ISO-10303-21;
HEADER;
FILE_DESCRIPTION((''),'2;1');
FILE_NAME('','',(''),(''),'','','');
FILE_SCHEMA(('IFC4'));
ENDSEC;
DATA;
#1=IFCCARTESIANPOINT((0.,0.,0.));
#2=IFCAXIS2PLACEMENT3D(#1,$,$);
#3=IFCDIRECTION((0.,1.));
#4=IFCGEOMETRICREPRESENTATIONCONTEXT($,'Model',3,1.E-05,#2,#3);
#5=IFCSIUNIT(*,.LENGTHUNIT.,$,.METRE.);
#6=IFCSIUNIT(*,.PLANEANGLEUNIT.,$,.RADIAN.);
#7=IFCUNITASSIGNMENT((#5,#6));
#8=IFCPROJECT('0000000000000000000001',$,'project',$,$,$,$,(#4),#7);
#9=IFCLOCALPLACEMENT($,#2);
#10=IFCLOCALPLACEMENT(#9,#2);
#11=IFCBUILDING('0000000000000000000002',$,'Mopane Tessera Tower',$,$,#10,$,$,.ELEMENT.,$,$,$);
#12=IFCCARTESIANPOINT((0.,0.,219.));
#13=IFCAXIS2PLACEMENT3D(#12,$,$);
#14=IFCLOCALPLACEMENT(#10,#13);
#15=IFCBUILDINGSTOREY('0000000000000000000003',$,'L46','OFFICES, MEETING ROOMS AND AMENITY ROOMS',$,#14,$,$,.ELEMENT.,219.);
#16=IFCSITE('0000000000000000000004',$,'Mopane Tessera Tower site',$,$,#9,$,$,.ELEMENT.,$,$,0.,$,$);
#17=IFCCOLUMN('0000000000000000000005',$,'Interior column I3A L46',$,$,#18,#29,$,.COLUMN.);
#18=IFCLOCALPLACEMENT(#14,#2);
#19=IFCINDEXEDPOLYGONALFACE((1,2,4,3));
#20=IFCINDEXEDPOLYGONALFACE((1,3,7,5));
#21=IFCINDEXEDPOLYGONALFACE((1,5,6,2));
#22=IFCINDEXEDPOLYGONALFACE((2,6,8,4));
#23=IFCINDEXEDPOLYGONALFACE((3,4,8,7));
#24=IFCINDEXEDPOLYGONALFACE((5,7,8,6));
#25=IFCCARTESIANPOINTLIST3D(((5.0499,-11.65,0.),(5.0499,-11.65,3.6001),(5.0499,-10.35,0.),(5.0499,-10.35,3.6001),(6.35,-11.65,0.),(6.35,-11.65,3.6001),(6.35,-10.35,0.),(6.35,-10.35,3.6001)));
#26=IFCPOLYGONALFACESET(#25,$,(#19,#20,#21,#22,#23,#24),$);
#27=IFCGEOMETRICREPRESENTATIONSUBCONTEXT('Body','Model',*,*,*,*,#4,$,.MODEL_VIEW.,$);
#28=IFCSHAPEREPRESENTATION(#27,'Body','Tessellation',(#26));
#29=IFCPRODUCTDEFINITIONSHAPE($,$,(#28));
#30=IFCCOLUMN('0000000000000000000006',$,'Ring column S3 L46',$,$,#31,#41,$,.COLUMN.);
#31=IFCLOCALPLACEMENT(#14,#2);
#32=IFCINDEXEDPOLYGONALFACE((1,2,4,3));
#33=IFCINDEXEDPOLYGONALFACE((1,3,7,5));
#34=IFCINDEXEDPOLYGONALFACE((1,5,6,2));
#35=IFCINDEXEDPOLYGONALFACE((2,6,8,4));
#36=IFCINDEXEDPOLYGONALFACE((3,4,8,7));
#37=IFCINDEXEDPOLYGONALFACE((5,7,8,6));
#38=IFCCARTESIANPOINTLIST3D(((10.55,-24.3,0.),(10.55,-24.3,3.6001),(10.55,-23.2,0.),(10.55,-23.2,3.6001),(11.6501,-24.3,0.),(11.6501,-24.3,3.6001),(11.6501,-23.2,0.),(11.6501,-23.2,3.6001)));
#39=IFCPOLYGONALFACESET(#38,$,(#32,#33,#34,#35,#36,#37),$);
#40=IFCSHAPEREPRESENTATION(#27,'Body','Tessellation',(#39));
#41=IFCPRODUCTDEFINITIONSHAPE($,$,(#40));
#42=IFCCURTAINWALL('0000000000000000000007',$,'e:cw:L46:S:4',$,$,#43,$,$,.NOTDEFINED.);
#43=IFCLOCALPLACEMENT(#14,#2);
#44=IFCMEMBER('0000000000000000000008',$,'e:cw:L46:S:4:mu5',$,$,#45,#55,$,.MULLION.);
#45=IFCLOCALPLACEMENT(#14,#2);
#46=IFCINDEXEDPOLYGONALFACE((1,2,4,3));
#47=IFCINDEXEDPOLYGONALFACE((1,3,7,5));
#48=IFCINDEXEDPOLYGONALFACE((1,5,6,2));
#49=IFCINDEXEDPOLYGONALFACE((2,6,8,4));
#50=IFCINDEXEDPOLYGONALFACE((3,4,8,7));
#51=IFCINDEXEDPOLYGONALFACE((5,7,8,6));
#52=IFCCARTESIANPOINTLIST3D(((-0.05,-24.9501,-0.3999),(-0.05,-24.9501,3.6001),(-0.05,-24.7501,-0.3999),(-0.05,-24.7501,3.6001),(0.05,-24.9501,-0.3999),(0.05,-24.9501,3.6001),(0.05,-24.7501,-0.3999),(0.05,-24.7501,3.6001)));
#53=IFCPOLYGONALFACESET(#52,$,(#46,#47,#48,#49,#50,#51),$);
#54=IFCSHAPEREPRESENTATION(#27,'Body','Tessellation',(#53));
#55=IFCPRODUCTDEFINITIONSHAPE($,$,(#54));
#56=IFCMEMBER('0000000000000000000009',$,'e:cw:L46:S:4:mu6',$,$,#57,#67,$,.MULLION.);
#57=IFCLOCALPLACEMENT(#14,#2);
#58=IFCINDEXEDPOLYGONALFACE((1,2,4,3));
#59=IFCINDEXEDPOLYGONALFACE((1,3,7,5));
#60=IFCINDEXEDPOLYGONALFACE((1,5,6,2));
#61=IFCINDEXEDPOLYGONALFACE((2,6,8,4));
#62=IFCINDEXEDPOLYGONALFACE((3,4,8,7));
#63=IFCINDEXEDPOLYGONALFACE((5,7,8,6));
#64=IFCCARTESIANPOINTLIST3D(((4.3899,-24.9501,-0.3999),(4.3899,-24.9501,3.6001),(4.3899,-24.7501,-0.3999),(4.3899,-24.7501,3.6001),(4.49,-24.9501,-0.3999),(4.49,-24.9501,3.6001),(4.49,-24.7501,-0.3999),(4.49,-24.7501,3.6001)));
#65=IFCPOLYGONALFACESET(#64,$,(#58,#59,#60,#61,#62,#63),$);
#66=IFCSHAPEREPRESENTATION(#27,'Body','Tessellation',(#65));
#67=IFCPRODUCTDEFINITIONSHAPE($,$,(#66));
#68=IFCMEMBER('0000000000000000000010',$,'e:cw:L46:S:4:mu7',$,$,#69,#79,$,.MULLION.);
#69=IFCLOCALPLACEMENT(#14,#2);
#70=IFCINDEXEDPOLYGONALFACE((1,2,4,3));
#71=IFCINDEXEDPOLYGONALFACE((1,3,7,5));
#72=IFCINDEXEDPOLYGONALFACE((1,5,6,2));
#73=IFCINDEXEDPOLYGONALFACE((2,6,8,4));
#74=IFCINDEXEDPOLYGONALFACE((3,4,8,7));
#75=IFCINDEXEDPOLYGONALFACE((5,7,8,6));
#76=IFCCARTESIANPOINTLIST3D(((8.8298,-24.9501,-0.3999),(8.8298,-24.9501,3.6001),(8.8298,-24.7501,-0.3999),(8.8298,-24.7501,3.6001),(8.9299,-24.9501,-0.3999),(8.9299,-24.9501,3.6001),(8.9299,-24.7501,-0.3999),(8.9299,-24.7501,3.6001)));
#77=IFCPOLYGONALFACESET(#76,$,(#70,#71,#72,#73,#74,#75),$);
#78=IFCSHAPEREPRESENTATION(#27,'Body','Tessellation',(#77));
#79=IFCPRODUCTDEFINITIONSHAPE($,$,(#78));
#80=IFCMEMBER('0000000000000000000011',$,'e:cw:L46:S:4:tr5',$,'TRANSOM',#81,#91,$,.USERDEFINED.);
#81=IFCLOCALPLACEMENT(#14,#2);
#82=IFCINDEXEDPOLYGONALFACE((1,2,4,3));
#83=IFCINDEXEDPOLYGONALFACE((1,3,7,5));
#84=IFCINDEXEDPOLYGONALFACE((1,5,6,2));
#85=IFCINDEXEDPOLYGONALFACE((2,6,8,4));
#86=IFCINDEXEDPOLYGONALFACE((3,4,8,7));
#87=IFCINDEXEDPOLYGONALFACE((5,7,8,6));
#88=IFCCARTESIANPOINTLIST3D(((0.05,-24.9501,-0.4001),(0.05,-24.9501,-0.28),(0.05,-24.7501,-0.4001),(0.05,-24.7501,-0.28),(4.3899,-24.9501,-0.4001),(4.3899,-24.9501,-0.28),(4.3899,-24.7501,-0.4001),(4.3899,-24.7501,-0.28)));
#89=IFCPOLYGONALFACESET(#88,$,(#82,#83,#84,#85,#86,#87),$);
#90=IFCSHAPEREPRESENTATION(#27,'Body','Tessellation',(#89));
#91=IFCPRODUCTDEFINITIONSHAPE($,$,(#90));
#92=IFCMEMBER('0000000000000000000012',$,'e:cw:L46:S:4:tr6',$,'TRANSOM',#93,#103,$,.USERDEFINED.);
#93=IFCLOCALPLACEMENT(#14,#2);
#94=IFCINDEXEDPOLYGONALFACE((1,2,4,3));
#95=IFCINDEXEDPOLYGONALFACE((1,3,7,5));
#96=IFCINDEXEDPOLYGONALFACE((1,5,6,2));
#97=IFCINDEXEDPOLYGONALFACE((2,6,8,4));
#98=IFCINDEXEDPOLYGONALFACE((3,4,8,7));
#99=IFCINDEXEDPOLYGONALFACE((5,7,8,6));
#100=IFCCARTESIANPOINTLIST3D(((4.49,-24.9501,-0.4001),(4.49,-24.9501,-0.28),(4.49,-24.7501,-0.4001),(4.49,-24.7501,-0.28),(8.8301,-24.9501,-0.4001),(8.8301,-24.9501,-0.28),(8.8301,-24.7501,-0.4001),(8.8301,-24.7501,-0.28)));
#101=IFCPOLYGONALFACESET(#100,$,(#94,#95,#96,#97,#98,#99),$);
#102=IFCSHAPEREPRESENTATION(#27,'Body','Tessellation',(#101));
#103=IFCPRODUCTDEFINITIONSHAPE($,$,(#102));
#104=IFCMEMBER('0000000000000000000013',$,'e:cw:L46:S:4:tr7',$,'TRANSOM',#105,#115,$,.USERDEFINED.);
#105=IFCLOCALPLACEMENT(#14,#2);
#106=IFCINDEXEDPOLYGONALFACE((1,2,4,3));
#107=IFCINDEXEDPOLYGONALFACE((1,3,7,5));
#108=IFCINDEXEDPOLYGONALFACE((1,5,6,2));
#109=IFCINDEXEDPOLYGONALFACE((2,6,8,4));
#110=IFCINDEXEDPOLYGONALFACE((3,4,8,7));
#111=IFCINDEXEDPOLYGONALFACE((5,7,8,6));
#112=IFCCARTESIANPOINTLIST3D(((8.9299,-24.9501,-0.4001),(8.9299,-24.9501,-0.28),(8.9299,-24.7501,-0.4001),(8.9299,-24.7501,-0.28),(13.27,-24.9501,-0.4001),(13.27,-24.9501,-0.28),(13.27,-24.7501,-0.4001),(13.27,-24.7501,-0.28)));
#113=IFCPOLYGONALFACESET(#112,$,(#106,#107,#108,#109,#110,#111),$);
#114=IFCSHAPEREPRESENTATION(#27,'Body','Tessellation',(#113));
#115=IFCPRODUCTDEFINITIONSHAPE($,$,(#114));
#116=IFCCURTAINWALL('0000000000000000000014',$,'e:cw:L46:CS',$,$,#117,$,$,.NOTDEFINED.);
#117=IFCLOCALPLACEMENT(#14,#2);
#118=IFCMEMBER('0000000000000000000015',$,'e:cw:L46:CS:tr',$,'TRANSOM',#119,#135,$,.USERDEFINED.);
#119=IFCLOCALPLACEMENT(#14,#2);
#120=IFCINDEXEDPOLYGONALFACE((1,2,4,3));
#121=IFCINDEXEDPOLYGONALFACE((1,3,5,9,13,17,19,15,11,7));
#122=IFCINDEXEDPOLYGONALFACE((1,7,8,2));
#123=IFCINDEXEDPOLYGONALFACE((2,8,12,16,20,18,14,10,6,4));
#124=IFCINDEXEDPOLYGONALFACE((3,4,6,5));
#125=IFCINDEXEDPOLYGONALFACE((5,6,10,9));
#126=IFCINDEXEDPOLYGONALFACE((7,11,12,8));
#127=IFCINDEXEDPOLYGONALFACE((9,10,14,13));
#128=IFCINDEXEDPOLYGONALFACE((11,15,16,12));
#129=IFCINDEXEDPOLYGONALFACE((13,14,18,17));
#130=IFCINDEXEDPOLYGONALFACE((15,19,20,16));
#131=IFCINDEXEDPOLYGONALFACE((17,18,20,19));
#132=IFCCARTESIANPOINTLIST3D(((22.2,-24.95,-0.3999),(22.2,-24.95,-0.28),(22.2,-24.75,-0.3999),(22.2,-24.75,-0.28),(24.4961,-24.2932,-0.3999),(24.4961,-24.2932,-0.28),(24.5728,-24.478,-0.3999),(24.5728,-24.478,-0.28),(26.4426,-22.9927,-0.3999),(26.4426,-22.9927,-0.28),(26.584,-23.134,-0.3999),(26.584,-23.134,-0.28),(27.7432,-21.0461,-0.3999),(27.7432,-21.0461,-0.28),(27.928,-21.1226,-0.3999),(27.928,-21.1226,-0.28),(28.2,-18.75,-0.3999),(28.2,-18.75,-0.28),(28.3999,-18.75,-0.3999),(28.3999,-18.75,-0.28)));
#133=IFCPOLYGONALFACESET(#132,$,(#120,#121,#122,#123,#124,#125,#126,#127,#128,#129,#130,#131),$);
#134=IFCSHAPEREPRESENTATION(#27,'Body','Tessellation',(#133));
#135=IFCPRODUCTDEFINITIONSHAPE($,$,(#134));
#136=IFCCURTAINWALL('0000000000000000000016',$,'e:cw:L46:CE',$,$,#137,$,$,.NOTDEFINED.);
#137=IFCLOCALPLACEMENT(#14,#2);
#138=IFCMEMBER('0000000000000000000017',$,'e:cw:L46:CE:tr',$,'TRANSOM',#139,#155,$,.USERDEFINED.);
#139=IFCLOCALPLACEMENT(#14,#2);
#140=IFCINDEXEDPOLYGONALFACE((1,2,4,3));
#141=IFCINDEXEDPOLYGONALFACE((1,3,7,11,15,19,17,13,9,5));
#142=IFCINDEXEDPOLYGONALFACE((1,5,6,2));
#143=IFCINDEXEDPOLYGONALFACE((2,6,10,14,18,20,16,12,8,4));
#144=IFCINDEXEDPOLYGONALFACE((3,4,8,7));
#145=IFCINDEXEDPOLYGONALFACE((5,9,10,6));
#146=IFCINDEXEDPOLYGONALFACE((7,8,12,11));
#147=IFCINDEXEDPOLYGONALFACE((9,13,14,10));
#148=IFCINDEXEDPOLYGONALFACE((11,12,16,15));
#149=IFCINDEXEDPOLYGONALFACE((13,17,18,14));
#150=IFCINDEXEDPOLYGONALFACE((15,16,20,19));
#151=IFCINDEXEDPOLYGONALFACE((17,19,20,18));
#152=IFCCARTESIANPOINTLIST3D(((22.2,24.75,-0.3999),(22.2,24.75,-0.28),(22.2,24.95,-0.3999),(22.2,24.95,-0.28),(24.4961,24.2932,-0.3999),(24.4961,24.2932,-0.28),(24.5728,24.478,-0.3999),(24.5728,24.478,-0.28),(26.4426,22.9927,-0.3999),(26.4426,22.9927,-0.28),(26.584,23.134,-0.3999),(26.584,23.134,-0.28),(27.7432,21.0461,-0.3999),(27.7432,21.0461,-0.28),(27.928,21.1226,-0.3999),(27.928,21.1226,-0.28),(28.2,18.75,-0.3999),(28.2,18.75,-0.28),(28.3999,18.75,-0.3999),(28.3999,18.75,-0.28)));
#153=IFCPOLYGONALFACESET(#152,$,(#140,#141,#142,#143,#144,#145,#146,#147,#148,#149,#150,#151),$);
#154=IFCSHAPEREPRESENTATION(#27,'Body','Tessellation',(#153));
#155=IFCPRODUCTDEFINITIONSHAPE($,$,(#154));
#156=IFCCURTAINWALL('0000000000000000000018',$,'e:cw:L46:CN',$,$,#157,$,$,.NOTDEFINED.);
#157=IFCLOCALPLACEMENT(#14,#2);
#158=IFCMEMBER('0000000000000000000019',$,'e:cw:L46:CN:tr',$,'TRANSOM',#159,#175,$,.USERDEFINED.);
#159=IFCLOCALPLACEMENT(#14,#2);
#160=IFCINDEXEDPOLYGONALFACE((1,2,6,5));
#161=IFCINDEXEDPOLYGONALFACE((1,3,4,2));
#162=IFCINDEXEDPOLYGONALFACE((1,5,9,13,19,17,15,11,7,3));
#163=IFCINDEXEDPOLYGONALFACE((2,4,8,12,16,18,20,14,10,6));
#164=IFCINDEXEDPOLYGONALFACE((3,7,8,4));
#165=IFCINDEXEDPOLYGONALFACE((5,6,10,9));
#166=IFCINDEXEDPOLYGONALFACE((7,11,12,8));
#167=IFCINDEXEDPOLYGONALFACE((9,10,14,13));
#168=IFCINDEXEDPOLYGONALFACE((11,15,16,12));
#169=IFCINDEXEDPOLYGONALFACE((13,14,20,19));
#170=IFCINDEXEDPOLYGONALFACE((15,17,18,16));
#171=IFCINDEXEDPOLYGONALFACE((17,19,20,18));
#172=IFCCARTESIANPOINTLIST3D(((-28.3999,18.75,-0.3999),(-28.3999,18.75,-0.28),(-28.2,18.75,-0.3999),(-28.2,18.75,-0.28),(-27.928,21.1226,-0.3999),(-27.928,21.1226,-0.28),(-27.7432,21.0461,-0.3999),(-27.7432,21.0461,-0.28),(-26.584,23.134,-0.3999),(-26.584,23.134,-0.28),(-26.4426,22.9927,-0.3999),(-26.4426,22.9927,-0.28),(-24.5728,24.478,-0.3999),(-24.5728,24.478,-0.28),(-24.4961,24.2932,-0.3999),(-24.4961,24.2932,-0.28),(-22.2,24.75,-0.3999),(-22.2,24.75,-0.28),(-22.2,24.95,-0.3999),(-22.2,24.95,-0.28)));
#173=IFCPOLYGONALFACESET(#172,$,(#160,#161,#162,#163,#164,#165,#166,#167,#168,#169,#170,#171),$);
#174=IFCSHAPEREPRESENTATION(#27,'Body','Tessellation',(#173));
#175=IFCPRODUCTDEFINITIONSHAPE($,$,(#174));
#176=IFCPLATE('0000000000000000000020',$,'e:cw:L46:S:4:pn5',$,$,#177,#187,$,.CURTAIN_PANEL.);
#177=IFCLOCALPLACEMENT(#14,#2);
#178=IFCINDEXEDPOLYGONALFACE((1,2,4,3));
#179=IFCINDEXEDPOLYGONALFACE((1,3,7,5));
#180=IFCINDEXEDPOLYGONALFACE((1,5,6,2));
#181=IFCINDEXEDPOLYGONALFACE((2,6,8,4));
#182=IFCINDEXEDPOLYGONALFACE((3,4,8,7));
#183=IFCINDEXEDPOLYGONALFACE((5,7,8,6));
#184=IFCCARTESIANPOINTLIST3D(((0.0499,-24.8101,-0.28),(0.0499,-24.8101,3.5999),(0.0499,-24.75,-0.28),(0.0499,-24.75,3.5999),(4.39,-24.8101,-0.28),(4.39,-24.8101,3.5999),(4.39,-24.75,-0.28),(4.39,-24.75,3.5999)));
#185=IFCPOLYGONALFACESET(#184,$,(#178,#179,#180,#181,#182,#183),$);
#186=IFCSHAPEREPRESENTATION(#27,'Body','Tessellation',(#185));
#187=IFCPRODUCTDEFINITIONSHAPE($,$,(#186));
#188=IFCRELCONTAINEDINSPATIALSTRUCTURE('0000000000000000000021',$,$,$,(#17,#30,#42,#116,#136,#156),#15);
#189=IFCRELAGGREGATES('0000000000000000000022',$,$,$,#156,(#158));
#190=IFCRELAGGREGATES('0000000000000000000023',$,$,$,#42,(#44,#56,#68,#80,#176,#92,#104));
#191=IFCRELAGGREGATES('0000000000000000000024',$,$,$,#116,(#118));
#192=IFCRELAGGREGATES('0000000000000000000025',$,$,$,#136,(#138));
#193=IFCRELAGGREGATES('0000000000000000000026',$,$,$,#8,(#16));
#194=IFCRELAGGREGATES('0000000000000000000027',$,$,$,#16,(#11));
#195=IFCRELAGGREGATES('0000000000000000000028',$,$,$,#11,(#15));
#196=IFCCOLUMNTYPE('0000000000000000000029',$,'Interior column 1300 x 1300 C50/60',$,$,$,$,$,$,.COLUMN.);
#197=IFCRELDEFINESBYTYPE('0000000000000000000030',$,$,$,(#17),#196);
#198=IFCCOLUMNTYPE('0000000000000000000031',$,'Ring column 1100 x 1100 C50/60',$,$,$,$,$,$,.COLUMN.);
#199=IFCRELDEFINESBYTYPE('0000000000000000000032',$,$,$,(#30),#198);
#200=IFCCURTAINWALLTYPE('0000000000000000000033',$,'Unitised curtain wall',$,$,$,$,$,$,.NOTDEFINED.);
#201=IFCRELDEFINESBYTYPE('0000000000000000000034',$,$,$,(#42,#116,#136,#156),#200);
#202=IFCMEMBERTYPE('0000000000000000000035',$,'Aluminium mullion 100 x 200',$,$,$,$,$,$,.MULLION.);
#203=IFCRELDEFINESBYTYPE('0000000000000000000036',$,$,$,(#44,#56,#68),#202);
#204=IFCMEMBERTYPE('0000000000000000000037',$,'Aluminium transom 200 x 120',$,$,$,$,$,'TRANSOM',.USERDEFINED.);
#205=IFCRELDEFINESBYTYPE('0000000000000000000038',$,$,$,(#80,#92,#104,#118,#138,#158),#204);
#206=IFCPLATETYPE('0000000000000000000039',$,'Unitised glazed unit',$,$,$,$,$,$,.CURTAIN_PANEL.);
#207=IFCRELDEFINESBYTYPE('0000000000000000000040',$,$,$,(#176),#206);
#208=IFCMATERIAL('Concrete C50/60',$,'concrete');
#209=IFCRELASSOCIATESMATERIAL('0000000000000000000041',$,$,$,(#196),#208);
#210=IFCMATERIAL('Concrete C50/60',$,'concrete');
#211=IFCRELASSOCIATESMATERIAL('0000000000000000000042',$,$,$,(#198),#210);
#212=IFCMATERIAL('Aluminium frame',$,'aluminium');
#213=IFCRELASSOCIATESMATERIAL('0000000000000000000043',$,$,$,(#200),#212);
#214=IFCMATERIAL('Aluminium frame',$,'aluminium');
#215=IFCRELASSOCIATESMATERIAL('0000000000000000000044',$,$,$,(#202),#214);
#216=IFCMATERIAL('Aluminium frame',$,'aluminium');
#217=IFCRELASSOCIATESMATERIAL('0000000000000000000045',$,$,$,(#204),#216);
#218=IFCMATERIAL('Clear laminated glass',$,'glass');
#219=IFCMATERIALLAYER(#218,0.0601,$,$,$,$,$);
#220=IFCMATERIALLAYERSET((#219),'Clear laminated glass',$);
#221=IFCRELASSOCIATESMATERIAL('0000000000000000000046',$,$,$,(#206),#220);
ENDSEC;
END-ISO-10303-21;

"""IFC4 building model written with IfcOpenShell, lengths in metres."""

from ifc_helpers import new_model, si_unit, direction, frame, origin, origin_2d, place, context, subcontext, project, spatial, polyline, rectangle, outline, extrude, material, layer, layer_set, material_profile, profile_set, type_object, element, aggregate, save


model = new_model("IFC4")

# Units and contexts
model_context = context("Model", 3, precision=1e-05, world=origin(), true_north=direction((0.0, 1.0)))
body_context = subcontext(model_context, "Body", "Model", "MODEL_VIEW")
ifc_project = project(units=[si_unit("LENGTHUNIT", "METRE"), si_unit("PLANEANGLEUNIT", "RADIAN")], contexts=[model_context])

# Site, building, storey
site_placement = place(None, origin())
site = spatial("IfcSite", under=ifc_project, at=site_placement, Name="Mopane Tessera Tower site", CompositionType="ELEMENT", RefElevation=0.0)
building_placement = place(site_placement, origin())
building = spatial("IfcBuilding", under=site, at=building_placement, Name="Mopane Tessera Tower", CompositionType="ELEMENT")
storey_placement = place(building_placement, frame((0.0, 0.0, 219.0)))
storey = spatial("IfcBuildingStorey", under=building, at=storey_placement, Name="L46", Description="OFFICES, MEETING ROOMS AND AMENITY ROOMS", CompositionType="ELEMENT", Elevation=219.0)

# Columns
ifc_material_1 = material(Name="Concrete C50/60", Category="concrete")
ifc_material_profile_1 = material_profile(ifc_material_1, rectangle(XDim=1.3, YDim=1.3, at=origin_2d()))
ifc_profile_set_1 = profile_set([ifc_material_profile_1], Name="Concrete C50/60")
column_type_1 = type_object("IfcColumnType", Name="Interior column 1300 x 1300 C50/60", PredefinedType="COLUMN", material=ifc_profile_set_1)
column_1_placement = place(storey_placement, frame((5.7, -11.0, 0.0), z_axis=(0.0, 0.0, 1.0), x_axis=(1.0, 0.0, 0.0)))
element("IfcColumn", 1, at=column_1_placement, inside=storey, type_object=column_type_1, Name="Interior column I3A L46", PredefinedType="COLUMN", context=body_context, shape_type="SweptSolid", body=[
    extrude(rectangle(XDim=1.3, YDim=1.3, at=origin_2d()), origin(), (0.0, 0.0, 1.0), 3.6001),
])
ifc_material_2 = material(Name="Concrete C50/60", Category="concrete")
ifc_material_profile_2 = material_profile(ifc_material_2, rectangle(XDim=1.1001, YDim=1.1001, at=origin_2d()))
ifc_profile_set_2 = profile_set([ifc_material_profile_2], Name="Concrete C50/60")
column_type_2 = type_object("IfcColumnType", Name="Ring column 1100 x 1100 C50/60", PredefinedType="COLUMN", material=ifc_profile_set_2)
column_2_placement = place(storey_placement, frame((11.1001, -23.75, 0.0), z_axis=(0.0, 0.0, 1.0), x_axis=(1.0, 0.0, 0.0)))
element("IfcColumn", 2, at=column_2_placement, inside=storey, type_object=column_type_2, Name="Ring column S3 L46", PredefinedType="COLUMN", context=body_context, shape_type="SweptSolid", body=[
    extrude(rectangle(XDim=1.1001, YDim=1.1001, at=origin_2d()), origin(), (0.0, 0.0, 1.0), 3.6001),
])

# Curtain wall, members
ifc_material_3 = material(Name="Aluminium frame", Category="aluminium")
curtain_wall_type = type_object("IfcCurtainWallType", Name="Unitised curtain wall", PredefinedType="NOTDEFINED", material=ifc_material_3)
curtain_wall_1_placement = place(storey_placement, origin())
curtain_wall_1 = element("IfcCurtainWall", 3, at=curtain_wall_1_placement, inside=storey, type_object=curtain_wall_type, Name="e:cw:L46:S:4", PredefinedType="NOTDEFINED")
ifc_material_4 = material(Name="Aluminium frame", Category="aluminium")
ifc_material_profile_3 = material_profile(ifc_material_4, rectangle(XDim=0.1001, YDim=0.2, at=origin_2d()))
ifc_profile_set_3 = profile_set([ifc_material_profile_3], Name="Aluminium frame")
member_type_1 = type_object("IfcMemberType", Name="Aluminium mullion 100 x 200", PredefinedType="MULLION", material=ifc_profile_set_3)
member_1_placement = place(storey_placement, frame((0.0, -24.8501, -0.3999), z_axis=(0.0, 0.0, 1.0), x_axis=(1.0, 0.0, 0.0)))
member_1 = element("IfcMember", 4, at=member_1_placement, type_object=member_type_1, Name="e:cw:L46:S:4:mu5", PredefinedType="MULLION", context=body_context, shape_type="SweptSolid", body=[
    extrude(rectangle(XDim=0.1001, YDim=0.2, at=origin_2d()), origin(), (0.0, 0.0, 1.0), 4.0),
])
member_2_placement = place(storey_placement, frame((4.4399, -24.8501, -0.3999), z_axis=(0.0, 0.0, 1.0), x_axis=(1.0, 0.0, 0.0)))
member_2 = element("IfcMember", 5, at=member_2_placement, type_object=member_type_1, Name="e:cw:L46:S:4:mu6", PredefinedType="MULLION", context=body_context, shape_type="SweptSolid", body=[
    extrude(rectangle(XDim=0.1001, YDim=0.2, at=origin_2d()), origin(), (0.0, 0.0, 1.0), 4.0),
])
member_3_placement = place(storey_placement, frame((8.8799, -24.8501, -0.3999), z_axis=(0.0, 0.0, 1.0), x_axis=(1.0, 0.0, 0.0)))
member_3 = element("IfcMember", 6, at=member_3_placement, type_object=member_type_1, Name="e:cw:L46:S:4:mu7", PredefinedType="MULLION", context=body_context, shape_type="SweptSolid", body=[
    extrude(rectangle(XDim=0.1001, YDim=0.2, at=origin_2d()), origin(), (0.0, 0.0, 1.0), 4.0),
])
ifc_material_5 = material(Name="Aluminium frame", Category="aluminium")
ifc_material_profile_4 = material_profile(ifc_material_5, rectangle(XDim=0.2, YDim=0.1201, at=origin_2d()))
ifc_profile_set_4 = profile_set([ifc_material_profile_4], Name="Aluminium frame")
member_type_2 = type_object("IfcMemberType", Name="Aluminium transom 200 x 120", ElementType="TRANSOM", PredefinedType="USERDEFINED", material=ifc_profile_set_4)
member_4_placement = place(storey_placement, frame((0.05, -24.8501, -0.3401), z_axis=(1.0, 0.0, 0.0), x_axis=(0.0, 1.0, 0.0)))
member_4 = element("IfcMember", 7, at=member_4_placement, type_object=member_type_2, Name="e:cw:L46:S:4:tr5", ObjectType="TRANSOM", PredefinedType="USERDEFINED", context=body_context, shape_type="SweptSolid", body=[
    extrude(rectangle(XDim=0.2, YDim=0.1201, at=origin_2d()), origin(), (0.0, 0.0, 1.0), 4.3398),
])
member_5_placement = place(storey_placement, frame((4.49, -24.8501, -0.3401), z_axis=(1.0, 0.0, 0.0), x_axis=(0.0, 1.0, 0.0)))
member_5 = element("IfcMember", 8, at=member_5_placement, type_object=member_type_2, Name="e:cw:L46:S:4:tr6", ObjectType="TRANSOM", PredefinedType="USERDEFINED", context=body_context, shape_type="SweptSolid", body=[
    extrude(rectangle(XDim=0.2, YDim=0.1201, at=origin_2d()), origin(), (0.0, 0.0, 1.0), 4.3401),
])
member_6_placement = place(storey_placement, frame((8.9299, -24.8501, -0.3401), z_axis=(1.0, 0.0, 0.0), x_axis=(0.0, 1.0, 0.0)))
member_6 = element("IfcMember", 9, at=member_6_placement, type_object=member_type_2, Name="e:cw:L46:S:4:tr7", ObjectType="TRANSOM", PredefinedType="USERDEFINED", context=body_context, shape_type="SweptSolid", body=[
    extrude(rectangle(XDim=0.2, YDim=0.1201, at=origin_2d()), origin(), (0.0, 0.0, 1.0), 4.3401),
])

# Curtain walls, members
curtain_wall_2_placement = place(storey_placement, origin())
curtain_wall_2 = element("IfcCurtainWall", 10, at=curtain_wall_2_placement, inside=storey, type_object=curtain_wall_type, Name="e:cw:L46:CS", PredefinedType="NOTDEFINED")
member_7_placement = place(storey_placement, frame((0.0, 0.0, -0.3999)))
member_7 = element("IfcMember", 11, at=member_7_placement, type_object=member_type_2, Name="e:cw:L46:CS:tr", ObjectType="TRANSOM", PredefinedType="USERDEFINED", context=body_context, shape_type="SweptSolid", body=[
    extrude(outline(polyline([(22.2, -24.75), (24.4961, -24.2932), (26.4426, -22.9927), (27.7432, -21.0461), (28.2, -18.75), (28.3999, -18.75), (27.928, -21.1226), (26.584, -23.134), (24.5728, -24.478), (22.2, -24.95), (22.2, -24.75)])), origin(), (0.0, 0.0, 1.0), 0.1199),
])
curtain_wall_3_placement = place(storey_placement, origin())
curtain_wall_3 = element("IfcCurtainWall", 12, at=curtain_wall_3_placement, inside=storey, type_object=curtain_wall_type, Name="e:cw:L46:CE", PredefinedType="NOTDEFINED")
member_8_placement = place(storey_placement, frame((0.0, 0.0, -0.3999)))
member_8 = element("IfcMember", 13, at=member_8_placement, type_object=member_type_2, Name="e:cw:L46:CE:tr", ObjectType="TRANSOM", PredefinedType="USERDEFINED", context=body_context, shape_type="SweptSolid", body=[
    extrude(outline(polyline([(28.2, 18.75), (27.7432, 21.0461), (26.4426, 22.9927), (24.4961, 24.2932), (22.2, 24.75), (22.2, 24.95), (24.5728, 24.478), (26.584, 23.134), (27.928, 21.1226), (28.3999, 18.75), (28.2, 18.75)])), origin(), (0.0, 0.0, 1.0), 0.1199),
])
curtain_wall_4_placement = place(storey_placement, origin())
curtain_wall_4 = element("IfcCurtainWall", 14, at=curtain_wall_4_placement, inside=storey, type_object=curtain_wall_type, Name="e:cw:L46:CN", PredefinedType="NOTDEFINED")
member_9_placement = place(storey_placement, frame((0.0, 0.0, -0.3999)))
member_9 = element("IfcMember", 15, at=member_9_placement, type_object=member_type_2, Name="e:cw:L46:CN:tr", ObjectType="TRANSOM", PredefinedType="USERDEFINED", context=body_context, shape_type="SweptSolid", body=[
    extrude(outline(polyline([(-22.2, 24.75), (-24.4961, 24.2932), (-26.4426, 22.9927), (-27.7432, 21.0461), (-28.2, 18.75), (-28.3999, 18.75), (-27.928, 21.1226), (-26.584, 23.134), (-24.5728, 24.478), (-22.2, 24.95), (-22.2, 24.75)])), origin(), (0.0, 0.0, 1.0), 0.1199),
])
aggregate(curtain_wall_4, [member_9])

# Plate
ifc_material_6 = material(Name="Clear laminated glass", Category="glass")
ifc_layer_1 = layer(ifc_material_6, 0.0601)
ifc_layer_set_1 = layer_set([ifc_layer_1], Name="Clear laminated glass")
plate_type = type_object("IfcPlateType", Name="Unitised glazed unit", PredefinedType="CURTAIN_PANEL", material=ifc_layer_set_1)
plate_1_placement = place(storey_placement, frame((2.22, -24.78, -0.28), z_axis=(0.0, 0.0, 1.0), x_axis=(1.0, 0.0, 0.0)))
plate_1 = element("IfcPlate", 16, at=plate_1_placement, type_object=plate_type, Name="e:cw:L46:S:4:pn5", PredefinedType="CURTAIN_PANEL", context=body_context, shape_type="SweptSolid", body=[
    extrude(rectangle(XDim=4.3401, YDim=0.0601, at=origin_2d()), origin(), (0.0, 0.0, 1.0), 3.8799),
])
aggregate(curtain_wall_1, [member_1, member_2, member_3, member_4, plate_1, member_5, member_6])
aggregate(curtain_wall_2, [member_7])
aggregate(curtain_wall_3, [member_8])

save(model, "model.ifc")
